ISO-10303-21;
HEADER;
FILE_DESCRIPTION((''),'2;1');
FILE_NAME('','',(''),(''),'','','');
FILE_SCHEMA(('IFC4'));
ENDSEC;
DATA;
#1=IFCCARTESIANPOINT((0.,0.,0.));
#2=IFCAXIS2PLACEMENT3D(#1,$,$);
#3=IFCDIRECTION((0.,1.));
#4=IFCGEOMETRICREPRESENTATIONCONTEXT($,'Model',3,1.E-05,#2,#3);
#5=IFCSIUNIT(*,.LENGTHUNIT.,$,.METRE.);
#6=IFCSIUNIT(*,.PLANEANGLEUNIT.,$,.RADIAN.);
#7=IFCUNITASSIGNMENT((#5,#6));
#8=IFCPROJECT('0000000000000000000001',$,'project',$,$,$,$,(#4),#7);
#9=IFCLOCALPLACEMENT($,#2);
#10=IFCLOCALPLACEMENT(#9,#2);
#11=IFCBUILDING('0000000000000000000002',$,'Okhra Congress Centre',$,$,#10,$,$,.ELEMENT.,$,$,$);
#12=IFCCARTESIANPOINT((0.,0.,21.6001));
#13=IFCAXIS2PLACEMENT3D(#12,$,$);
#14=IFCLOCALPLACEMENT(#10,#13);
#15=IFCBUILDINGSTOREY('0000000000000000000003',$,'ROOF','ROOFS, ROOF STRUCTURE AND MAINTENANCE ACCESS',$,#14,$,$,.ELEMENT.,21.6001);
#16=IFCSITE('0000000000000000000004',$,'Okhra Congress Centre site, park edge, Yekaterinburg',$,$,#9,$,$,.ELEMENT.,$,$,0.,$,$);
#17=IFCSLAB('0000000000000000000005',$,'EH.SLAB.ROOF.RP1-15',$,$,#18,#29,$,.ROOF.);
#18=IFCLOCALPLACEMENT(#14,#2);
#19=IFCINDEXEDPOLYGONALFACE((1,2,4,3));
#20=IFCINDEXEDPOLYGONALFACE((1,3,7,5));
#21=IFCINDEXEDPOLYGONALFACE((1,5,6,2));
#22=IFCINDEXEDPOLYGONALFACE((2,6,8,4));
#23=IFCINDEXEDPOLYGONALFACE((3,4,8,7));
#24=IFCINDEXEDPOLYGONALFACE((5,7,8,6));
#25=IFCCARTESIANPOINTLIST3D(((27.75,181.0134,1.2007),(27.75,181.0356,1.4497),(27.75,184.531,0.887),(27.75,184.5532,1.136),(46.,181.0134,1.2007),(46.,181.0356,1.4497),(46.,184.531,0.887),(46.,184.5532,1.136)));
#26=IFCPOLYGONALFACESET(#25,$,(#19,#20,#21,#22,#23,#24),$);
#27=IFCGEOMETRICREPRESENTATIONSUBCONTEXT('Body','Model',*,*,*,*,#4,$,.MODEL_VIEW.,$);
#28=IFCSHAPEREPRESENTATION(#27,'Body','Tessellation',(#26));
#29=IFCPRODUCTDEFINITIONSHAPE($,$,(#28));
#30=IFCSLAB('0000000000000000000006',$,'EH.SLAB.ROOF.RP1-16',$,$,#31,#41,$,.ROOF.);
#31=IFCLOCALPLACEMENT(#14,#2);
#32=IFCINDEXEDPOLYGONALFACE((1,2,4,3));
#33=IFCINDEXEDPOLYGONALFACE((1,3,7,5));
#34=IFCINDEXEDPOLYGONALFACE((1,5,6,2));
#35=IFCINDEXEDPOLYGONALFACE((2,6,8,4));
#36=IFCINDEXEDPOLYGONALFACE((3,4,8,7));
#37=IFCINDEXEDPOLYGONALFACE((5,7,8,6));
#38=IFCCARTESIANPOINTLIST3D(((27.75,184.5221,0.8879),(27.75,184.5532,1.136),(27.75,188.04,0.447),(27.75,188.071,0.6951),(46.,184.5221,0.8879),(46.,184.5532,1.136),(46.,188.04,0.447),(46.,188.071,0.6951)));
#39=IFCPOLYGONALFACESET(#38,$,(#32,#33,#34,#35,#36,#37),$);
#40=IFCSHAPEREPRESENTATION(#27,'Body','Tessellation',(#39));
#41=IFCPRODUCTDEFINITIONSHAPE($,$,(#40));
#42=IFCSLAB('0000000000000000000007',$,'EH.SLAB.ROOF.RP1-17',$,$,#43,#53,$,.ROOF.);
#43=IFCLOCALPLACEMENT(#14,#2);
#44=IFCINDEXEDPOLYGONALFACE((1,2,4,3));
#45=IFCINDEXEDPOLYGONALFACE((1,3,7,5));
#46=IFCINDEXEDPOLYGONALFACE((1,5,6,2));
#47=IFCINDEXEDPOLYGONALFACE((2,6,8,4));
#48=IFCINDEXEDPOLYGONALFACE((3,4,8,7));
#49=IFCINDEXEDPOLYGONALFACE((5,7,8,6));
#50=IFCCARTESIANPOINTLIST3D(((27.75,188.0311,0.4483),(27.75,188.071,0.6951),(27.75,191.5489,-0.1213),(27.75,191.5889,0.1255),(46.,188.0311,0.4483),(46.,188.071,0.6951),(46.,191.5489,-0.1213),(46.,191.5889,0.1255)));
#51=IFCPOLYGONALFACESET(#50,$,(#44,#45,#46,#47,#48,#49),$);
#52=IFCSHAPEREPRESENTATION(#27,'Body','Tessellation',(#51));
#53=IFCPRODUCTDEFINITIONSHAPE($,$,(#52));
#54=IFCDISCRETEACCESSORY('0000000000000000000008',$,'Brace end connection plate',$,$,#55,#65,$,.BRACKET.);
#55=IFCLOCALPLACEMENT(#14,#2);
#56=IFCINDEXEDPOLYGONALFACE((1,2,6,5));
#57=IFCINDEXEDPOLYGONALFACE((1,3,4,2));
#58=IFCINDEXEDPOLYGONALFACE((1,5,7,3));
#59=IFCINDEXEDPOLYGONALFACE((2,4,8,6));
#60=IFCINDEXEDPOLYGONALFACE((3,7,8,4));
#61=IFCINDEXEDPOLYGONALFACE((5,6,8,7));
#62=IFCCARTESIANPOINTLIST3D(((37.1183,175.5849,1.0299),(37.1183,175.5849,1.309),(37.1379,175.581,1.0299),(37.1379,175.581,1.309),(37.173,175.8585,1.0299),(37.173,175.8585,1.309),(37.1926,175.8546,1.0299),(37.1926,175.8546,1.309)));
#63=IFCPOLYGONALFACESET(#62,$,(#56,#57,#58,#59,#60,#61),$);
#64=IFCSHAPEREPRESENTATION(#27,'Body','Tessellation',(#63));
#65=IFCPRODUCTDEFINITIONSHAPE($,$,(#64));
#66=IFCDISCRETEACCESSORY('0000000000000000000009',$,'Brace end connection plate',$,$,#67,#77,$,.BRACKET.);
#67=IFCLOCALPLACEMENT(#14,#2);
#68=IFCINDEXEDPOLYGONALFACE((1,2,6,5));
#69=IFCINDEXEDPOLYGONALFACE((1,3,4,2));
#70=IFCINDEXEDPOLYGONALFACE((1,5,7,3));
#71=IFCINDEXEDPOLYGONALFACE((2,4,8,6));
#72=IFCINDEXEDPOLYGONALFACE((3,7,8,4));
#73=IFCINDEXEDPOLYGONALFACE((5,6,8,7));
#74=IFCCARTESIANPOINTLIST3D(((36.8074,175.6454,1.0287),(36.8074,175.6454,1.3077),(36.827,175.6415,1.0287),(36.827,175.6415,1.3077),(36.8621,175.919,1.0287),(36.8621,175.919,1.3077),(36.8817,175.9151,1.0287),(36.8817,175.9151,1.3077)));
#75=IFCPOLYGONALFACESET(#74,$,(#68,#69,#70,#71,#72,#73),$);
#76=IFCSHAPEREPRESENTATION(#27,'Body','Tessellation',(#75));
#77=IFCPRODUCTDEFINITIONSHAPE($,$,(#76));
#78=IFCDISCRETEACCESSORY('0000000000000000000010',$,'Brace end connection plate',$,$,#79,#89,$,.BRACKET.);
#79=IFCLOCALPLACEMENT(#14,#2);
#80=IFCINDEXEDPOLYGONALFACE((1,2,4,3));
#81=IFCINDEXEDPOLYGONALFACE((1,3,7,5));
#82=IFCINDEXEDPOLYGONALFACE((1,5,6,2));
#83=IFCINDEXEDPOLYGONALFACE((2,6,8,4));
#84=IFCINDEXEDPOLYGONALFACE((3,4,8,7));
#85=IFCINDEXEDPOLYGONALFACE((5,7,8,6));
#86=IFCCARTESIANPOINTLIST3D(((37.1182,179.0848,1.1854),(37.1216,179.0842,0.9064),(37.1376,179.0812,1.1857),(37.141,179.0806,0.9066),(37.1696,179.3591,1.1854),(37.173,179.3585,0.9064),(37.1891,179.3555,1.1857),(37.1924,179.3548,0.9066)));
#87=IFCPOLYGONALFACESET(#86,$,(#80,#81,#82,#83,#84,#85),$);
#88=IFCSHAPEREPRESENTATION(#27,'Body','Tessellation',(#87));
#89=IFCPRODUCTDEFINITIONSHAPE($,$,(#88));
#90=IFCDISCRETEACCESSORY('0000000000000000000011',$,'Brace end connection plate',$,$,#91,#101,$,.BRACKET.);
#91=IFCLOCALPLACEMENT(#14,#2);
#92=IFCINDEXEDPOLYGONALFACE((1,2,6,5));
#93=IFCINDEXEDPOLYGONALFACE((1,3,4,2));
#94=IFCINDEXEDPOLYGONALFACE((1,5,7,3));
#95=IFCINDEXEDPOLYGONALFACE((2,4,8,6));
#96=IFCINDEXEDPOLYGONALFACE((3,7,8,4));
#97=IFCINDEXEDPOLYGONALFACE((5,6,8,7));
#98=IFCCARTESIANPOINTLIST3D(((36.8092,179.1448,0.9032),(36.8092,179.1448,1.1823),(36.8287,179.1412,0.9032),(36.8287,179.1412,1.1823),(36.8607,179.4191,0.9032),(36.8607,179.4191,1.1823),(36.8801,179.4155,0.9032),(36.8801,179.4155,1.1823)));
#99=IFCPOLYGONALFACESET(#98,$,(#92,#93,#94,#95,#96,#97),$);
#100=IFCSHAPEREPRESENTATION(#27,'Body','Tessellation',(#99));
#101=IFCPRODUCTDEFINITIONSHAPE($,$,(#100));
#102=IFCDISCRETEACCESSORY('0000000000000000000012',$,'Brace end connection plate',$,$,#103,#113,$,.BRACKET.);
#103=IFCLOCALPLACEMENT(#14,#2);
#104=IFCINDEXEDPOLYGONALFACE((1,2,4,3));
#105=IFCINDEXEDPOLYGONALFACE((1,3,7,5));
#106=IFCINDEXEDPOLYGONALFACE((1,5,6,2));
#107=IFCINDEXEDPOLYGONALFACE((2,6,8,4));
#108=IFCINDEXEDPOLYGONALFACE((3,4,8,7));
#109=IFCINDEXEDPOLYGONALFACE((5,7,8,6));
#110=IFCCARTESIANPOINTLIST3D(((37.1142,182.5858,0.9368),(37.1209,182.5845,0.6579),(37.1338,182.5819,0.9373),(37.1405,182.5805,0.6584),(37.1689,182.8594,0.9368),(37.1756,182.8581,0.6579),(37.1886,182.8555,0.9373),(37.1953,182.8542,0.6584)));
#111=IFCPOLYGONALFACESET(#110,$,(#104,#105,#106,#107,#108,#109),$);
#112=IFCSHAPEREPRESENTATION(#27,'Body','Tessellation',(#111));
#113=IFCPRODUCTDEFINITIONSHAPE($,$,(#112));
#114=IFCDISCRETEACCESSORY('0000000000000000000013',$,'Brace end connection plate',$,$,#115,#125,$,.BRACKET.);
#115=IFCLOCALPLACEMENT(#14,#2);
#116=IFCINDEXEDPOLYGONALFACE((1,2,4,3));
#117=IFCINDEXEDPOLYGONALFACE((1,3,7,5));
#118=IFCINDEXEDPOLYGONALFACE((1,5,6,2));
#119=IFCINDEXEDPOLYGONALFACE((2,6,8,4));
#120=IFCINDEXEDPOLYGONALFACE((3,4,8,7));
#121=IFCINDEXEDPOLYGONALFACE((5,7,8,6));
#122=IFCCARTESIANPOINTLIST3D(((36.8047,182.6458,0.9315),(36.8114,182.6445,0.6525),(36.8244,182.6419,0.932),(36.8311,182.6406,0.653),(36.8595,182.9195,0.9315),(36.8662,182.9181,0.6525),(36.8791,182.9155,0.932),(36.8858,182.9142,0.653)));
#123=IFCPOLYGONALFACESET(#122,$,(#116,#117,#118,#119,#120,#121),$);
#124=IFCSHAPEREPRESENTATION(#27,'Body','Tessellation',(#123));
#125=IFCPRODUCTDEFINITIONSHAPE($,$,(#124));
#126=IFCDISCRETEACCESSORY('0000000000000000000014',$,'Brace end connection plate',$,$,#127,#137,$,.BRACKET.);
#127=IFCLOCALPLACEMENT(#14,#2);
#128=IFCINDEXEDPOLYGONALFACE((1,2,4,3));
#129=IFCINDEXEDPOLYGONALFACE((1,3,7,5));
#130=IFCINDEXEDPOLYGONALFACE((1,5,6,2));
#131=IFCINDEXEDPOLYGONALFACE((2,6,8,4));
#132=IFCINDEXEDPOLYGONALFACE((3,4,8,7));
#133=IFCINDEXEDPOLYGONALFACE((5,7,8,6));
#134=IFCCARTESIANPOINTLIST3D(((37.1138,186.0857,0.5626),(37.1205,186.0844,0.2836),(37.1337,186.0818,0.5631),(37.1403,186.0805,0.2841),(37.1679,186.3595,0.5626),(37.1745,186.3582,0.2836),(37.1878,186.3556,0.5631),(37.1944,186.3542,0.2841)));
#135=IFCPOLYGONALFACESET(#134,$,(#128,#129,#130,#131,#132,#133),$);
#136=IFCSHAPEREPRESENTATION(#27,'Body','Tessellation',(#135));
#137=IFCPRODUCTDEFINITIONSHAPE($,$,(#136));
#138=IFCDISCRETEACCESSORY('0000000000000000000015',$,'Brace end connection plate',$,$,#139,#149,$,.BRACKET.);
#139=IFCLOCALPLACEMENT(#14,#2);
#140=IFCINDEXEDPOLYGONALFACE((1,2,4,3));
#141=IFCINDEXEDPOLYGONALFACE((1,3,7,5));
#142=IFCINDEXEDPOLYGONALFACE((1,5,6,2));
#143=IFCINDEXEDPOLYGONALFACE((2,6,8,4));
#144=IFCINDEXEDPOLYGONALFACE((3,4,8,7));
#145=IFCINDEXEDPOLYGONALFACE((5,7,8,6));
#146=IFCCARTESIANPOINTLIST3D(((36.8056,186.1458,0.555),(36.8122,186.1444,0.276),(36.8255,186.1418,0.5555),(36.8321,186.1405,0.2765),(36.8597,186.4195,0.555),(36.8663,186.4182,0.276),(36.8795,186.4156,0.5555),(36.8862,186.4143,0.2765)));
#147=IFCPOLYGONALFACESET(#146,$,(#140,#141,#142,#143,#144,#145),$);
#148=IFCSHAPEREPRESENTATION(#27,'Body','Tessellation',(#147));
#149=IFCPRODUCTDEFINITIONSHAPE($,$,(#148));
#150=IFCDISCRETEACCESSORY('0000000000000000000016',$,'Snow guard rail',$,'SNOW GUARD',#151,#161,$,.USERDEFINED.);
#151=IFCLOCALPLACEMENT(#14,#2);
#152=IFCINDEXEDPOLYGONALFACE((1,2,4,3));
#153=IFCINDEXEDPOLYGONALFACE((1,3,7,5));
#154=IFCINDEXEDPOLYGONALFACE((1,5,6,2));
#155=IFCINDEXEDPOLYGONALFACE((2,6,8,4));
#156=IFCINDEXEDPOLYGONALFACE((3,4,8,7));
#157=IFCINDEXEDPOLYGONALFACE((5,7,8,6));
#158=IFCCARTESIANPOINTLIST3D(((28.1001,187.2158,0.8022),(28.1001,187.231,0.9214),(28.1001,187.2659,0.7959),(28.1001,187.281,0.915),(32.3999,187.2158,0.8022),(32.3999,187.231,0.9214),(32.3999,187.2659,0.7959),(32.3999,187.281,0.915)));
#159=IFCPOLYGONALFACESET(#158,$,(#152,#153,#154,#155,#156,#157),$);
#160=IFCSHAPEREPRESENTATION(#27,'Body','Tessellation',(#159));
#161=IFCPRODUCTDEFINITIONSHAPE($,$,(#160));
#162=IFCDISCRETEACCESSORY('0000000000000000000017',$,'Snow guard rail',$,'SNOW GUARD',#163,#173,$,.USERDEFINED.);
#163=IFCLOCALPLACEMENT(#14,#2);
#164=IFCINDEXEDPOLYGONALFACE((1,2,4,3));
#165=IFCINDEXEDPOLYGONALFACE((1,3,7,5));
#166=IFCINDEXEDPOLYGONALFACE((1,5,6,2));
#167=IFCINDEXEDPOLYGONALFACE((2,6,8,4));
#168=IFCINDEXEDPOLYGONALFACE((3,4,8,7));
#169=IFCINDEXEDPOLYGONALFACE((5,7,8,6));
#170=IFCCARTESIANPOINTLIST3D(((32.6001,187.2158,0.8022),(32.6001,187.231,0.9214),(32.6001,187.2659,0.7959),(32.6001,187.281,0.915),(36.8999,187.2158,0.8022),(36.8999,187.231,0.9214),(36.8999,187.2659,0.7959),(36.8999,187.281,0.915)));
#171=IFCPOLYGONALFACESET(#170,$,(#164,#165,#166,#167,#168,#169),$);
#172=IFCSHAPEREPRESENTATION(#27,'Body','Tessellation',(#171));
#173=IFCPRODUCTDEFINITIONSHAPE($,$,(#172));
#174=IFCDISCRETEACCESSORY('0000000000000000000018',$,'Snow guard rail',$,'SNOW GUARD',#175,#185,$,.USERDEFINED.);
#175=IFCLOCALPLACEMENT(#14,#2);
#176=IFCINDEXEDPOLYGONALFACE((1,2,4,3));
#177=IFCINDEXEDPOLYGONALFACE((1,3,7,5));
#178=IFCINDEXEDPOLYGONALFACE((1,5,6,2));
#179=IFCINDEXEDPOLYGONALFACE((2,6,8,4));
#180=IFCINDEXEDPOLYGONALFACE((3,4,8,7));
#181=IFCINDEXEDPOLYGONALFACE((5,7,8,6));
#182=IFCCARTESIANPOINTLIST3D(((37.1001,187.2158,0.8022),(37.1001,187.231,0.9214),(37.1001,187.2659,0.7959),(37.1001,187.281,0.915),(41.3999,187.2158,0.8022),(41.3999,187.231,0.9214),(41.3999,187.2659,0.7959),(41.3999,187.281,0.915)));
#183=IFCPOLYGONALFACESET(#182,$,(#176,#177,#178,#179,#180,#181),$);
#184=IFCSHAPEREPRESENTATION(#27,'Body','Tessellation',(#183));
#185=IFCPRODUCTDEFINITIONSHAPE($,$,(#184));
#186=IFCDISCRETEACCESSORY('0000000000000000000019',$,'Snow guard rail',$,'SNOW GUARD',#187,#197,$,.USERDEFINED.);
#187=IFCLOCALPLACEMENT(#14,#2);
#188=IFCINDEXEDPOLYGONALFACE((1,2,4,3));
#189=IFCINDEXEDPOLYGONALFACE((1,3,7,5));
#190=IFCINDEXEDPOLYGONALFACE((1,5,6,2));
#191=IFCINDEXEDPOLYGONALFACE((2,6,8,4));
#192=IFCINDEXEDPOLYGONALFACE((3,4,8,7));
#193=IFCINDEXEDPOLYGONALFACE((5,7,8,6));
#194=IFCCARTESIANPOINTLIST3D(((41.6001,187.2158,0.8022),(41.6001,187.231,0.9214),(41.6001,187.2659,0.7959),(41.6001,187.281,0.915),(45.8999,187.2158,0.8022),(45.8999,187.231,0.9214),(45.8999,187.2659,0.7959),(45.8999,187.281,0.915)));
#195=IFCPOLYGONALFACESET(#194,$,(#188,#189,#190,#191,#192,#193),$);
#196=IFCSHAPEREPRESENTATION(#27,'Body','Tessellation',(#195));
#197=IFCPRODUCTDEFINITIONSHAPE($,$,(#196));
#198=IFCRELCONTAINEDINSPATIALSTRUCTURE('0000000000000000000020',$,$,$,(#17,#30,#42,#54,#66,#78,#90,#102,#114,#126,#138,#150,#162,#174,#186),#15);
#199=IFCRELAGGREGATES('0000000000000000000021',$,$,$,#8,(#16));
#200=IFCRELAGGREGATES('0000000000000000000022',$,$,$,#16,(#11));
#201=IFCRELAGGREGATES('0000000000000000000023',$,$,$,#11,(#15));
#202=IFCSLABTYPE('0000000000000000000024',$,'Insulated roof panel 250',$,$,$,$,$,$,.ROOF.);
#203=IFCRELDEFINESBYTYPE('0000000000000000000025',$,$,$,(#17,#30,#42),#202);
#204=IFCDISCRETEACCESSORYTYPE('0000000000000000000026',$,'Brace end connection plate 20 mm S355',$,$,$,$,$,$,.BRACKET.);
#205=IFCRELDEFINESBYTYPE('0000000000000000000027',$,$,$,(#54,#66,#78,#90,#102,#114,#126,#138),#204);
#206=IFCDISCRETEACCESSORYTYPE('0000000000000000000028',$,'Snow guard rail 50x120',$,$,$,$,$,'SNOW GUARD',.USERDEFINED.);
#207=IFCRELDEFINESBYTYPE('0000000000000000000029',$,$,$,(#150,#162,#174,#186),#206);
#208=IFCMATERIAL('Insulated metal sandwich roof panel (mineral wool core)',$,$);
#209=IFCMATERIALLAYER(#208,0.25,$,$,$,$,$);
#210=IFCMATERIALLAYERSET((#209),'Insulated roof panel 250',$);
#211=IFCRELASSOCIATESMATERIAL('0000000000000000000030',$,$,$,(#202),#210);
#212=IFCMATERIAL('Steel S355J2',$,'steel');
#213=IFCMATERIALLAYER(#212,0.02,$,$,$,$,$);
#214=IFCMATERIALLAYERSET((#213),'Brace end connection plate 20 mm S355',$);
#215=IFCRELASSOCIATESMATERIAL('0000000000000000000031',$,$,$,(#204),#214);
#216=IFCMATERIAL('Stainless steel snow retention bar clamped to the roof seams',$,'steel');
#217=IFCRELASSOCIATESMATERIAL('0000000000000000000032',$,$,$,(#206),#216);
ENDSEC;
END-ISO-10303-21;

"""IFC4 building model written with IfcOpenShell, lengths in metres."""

from ifc_helpers import new_model, si_unit, direction, frame, origin, origin_2d, place, context, subcontext, project, spatial, polyline, rectangle, outline, extrude, material, layer, layer_set, type_object, element, save


model = new_model("IFC4")

# Units and contexts
model_context = context("Model", 3, precision=1e-05, world=origin(), true_north=direction((0.0, 1.0)))
body_context = subcontext(model_context, "Body", "Model", "MODEL_VIEW")
ifc_project = project(units=[si_unit("LENGTHUNIT", "METRE"), si_unit("PLANEANGLEUNIT", "RADIAN")], contexts=[model_context])

# Site, building, storey
site_placement = place(None, origin())
site = spatial("IfcSite", under=ifc_project, at=site_placement, Name="Okhra Congress Centre site, park edge, Yekaterinburg", CompositionType="ELEMENT", RefElevation=0.0)
building_placement = place(site_placement, origin())
building = spatial("IfcBuilding", under=site, at=building_placement, Name="Okhra Congress Centre", CompositionType="ELEMENT")
storey_placement = place(building_placement, frame((0.0, 0.0, 21.6001)))
storey = spatial("IfcBuildingStorey", under=building, at=storey_placement, Name="ROOF", Description="ROOFS, ROOF STRUCTURE AND MAINTENANCE ACCESS", CompositionType="ELEMENT", Elevation=21.6001)

# Shared definitions
ifc_material_1 = material(Name="Steel S355J2", Category="steel")

# Slabs
ifc_material_2 = material(Name="Insulated metal sandwich roof panel (mineral wool core)")
ifc_layer_1 = layer(ifc_material_2, 0.25)
ifc_layer_set_1 = layer_set([ifc_layer_1], Name="Insulated roof panel 250")
slab_type = type_object("IfcSlabType", Name="Insulated roof panel 250", PredefinedType="ROOF", material=ifc_layer_set_1)
slab_1_placement = place(storey_placement, frame((27.75, 181.0356, 1.4497), z_axis=(0.0, 0.088834, 0.996046), x_axis=(1.0, 0.0, 0.0)))
element("IfcSlab", 1, at=slab_1_placement, inside=storey, type_object=slab_type, Name="EH.SLAB.ROOF.RP1-15", PredefinedType="ROOF", context=body_context, shape_type="SweptSolid", body=[
    extrude(outline(polyline([(0.0, 0.0), (18.25, 0.0), (18.25, 3.5315), (0.0, 3.5315), (0.0, 0.0)])), origin(), (0.0, 0.0, -1.0), 0.25),
])
slab_2_placement = place(storey_placement, frame((27.75, 184.5532, 1.136), z_axis=(0.0, 0.124365, 0.992237), x_axis=(1.0, 0.0, 0.0)))
element("IfcSlab", 2, at=slab_2_placement, inside=storey, type_object=slab_type, Name="EH.SLAB.ROOF.RP1-16", PredefinedType="ROOF", context=body_context, shape_type="SweptSolid", body=[
    extrude(outline(polyline([(0.0, 0.0), (18.25, 0.0), (18.25, 3.5453), (0.0, 3.5453), (0.0, 0.0)])), origin(), (0.0, 0.0, -1.0), 0.25),
])
slab_3_placement = place(storey_placement, frame((27.75, 188.071, 0.6951), z_axis=(0.0, 0.159831, 0.987144), x_axis=(1.0, 0.0, 0.0)))
element("IfcSlab", 3, at=slab_3_placement, inside=storey, type_object=slab_type, Name="EH.SLAB.ROOF.RP1-17", PredefinedType="ROOF", context=body_context, shape_type="SweptSolid", body=[
    extrude(outline(polyline([(0.0, 0.0), (18.25, 0.0), (18.25, 3.5636), (0.0, 3.5636), (0.0, 0.0)])), origin(), (0.0, 0.0, -1.0), 0.25),
])

# Discrete accessories
ifc_layer_2 = layer(ifc_material_1, 0.02)
ifc_layer_set_2 = layer_set([ifc_layer_2], Name="Brace end connection plate 20 mm S355")
discrete_accessory_type_1 = type_object("IfcDiscreteAccessoryType", Name="Brace end connection plate 20 mm S355", PredefinedType="BRACKET", material=ifc_layer_set_2)
for number, where, z_axis, x_axis, name in (
    (4, (37.1653, 175.7178, 1.1694), (-0.980581, 0.196116, 0.0), (-0.196116, -0.980581, 0.0), "Brace end connection plate"),
    (5, (36.8347, 175.7822, 1.1682), (0.980581, -0.196116, 0.0), (0.196116, 0.980581, 0.0), "Brace end connection plate"),
):
    element("IfcDiscreteAccessory", number, at=place(storey_placement, frame(where, z_axis=z_axis, x_axis=x_axis)), inside=storey, type_object=discrete_accessory_type_1, Name=name, PredefinedType="BRACKET", context=body_context, shape_type="SweptSolid", body=[
        extrude(rectangle(XDim=0.2791, YDim=0.2791, at=origin_2d()), origin(), (0.0, 0.0, 1.0), 0.02),
    ])
for number, where, z_axis, x_axis, name in (
    (6, (37.165, 179.218, 1.0461), (-0.982798, 0.184275, -0.012285), (-0.184289, -0.982872, 0.0), "Brace end connection plate"),
    (7, (36.835, 179.282, 1.0427), (0.982872, -0.184289, 0.0), (0.184289, 0.982872, 0.0), "Brace end connection plate"),
):
    element("IfcDiscreteAccessory", number, at=place(storey_placement, frame(where, z_axis=z_axis, x_axis=x_axis)), inside=storey, type_object=discrete_accessory_type_1, Name=name, PredefinedType="BRACKET", context=body_context, shape_type="SweptSolid", body=[
        extrude(rectangle(XDim=0.2791, YDim=0.2791, at=origin_2d()), origin(), (0.0, 0.0, 1.0), 0.0198),
    ])
for number, where, z_axis, x_axis, name in (
    (8, (37.1646, 182.718, 0.7979), (-0.980286, 0.196057, -0.024507), (-0.196116, -0.980581, 0.0), "Brace end connection plate"),
    (9, (36.8354, 182.782, 0.792), (0.980286, -0.196057, 0.024507), (0.196116, 0.980581, 0.0), "Brace end connection plate"),
):
    element("IfcDiscreteAccessory", number, at=place(storey_placement, frame(where, z_axis=z_axis, x_axis=x_axis)), inside=storey, type_object=discrete_accessory_type_1, Name=name, PredefinedType="BRACKET", context=body_context, shape_type="SweptSolid", body=[
        extrude(rectangle(XDim=0.2791, YDim=0.2791, at=origin_2d()), origin(), (0.0, 0.0, 1.0), 0.02),
    ])
for number, where, z_axis, x_axis, name in (
    (10, (37.1641, 186.218, 0.4236), (-0.980756, 0.19373, -0.024216), (-0.193786, -0.981044, 0.0), "Brace end connection plate"),
    (11, (36.8359, 186.282, 0.4155), (0.980756, -0.19373, 0.024216), (0.193786, 0.981044, 0.0), "Brace end connection plate"),
):
    element("IfcDiscreteAccessory", number, at=place(storey_placement, frame(where, z_axis=z_axis, x_axis=x_axis)), inside=storey, type_object=discrete_accessory_type_1, Name=name, PredefinedType="BRACKET", context=body_context, shape_type="SweptSolid", body=[
        extrude(rectangle(XDim=0.2791, YDim=0.2791, at=origin_2d()), origin(), (0.0, 0.0, 1.0), 0.0203),
    ])
ifc_material_3 = material(Name="Stainless steel snow retention bar clamped to the roof seams", Category="steel")
discrete_accessory_type_2 = type_object("IfcDiscreteAccessoryType", Name="Snow guard rail 50x120", ElementType="SNOW GUARD", PredefinedType="USERDEFINED", material=ifc_material_3)
for number, where, z_axis, x_axis, name in (
    (12, (28.1001, 187.231, 0.9214), (0.0, 0.125821, 0.992053), (1.0, 0.0, 0.0), "Snow guard rail"),
    (13, (32.6001, 187.231, 0.9214), (0.0, 0.125821, 0.992053), (1.0, 0.0, 0.0), "Snow guard rail"),
    (14, (37.1001, 187.231, 0.9214), (0.0, 0.125821, 0.992053), (1.0, 0.0, 0.0), "Snow guard rail"),
    (15, (41.6001, 187.231, 0.9214), (0.0, 0.125821, 0.992053), (1.0, 0.0, 0.0), "Snow guard rail"),
):
    element("IfcDiscreteAccessory", number, at=place(storey_placement, frame(where, z_axis=z_axis, x_axis=x_axis)), inside=storey, type_object=discrete_accessory_type_2, Name=name, ObjectType="SNOW GUARD", PredefinedType="USERDEFINED", context=body_context, shape_type="SweptSolid", body=[
        extrude(outline(polyline([(0.0, 0.0), (4.2998, 0.0), (4.2998, 0.0504), (0.0, 0.0504), (0.0, 0.0)])), origin(), (0.0, 0.0, -1.0), 0.1201),
    ])

save(model, "model.ifc")
